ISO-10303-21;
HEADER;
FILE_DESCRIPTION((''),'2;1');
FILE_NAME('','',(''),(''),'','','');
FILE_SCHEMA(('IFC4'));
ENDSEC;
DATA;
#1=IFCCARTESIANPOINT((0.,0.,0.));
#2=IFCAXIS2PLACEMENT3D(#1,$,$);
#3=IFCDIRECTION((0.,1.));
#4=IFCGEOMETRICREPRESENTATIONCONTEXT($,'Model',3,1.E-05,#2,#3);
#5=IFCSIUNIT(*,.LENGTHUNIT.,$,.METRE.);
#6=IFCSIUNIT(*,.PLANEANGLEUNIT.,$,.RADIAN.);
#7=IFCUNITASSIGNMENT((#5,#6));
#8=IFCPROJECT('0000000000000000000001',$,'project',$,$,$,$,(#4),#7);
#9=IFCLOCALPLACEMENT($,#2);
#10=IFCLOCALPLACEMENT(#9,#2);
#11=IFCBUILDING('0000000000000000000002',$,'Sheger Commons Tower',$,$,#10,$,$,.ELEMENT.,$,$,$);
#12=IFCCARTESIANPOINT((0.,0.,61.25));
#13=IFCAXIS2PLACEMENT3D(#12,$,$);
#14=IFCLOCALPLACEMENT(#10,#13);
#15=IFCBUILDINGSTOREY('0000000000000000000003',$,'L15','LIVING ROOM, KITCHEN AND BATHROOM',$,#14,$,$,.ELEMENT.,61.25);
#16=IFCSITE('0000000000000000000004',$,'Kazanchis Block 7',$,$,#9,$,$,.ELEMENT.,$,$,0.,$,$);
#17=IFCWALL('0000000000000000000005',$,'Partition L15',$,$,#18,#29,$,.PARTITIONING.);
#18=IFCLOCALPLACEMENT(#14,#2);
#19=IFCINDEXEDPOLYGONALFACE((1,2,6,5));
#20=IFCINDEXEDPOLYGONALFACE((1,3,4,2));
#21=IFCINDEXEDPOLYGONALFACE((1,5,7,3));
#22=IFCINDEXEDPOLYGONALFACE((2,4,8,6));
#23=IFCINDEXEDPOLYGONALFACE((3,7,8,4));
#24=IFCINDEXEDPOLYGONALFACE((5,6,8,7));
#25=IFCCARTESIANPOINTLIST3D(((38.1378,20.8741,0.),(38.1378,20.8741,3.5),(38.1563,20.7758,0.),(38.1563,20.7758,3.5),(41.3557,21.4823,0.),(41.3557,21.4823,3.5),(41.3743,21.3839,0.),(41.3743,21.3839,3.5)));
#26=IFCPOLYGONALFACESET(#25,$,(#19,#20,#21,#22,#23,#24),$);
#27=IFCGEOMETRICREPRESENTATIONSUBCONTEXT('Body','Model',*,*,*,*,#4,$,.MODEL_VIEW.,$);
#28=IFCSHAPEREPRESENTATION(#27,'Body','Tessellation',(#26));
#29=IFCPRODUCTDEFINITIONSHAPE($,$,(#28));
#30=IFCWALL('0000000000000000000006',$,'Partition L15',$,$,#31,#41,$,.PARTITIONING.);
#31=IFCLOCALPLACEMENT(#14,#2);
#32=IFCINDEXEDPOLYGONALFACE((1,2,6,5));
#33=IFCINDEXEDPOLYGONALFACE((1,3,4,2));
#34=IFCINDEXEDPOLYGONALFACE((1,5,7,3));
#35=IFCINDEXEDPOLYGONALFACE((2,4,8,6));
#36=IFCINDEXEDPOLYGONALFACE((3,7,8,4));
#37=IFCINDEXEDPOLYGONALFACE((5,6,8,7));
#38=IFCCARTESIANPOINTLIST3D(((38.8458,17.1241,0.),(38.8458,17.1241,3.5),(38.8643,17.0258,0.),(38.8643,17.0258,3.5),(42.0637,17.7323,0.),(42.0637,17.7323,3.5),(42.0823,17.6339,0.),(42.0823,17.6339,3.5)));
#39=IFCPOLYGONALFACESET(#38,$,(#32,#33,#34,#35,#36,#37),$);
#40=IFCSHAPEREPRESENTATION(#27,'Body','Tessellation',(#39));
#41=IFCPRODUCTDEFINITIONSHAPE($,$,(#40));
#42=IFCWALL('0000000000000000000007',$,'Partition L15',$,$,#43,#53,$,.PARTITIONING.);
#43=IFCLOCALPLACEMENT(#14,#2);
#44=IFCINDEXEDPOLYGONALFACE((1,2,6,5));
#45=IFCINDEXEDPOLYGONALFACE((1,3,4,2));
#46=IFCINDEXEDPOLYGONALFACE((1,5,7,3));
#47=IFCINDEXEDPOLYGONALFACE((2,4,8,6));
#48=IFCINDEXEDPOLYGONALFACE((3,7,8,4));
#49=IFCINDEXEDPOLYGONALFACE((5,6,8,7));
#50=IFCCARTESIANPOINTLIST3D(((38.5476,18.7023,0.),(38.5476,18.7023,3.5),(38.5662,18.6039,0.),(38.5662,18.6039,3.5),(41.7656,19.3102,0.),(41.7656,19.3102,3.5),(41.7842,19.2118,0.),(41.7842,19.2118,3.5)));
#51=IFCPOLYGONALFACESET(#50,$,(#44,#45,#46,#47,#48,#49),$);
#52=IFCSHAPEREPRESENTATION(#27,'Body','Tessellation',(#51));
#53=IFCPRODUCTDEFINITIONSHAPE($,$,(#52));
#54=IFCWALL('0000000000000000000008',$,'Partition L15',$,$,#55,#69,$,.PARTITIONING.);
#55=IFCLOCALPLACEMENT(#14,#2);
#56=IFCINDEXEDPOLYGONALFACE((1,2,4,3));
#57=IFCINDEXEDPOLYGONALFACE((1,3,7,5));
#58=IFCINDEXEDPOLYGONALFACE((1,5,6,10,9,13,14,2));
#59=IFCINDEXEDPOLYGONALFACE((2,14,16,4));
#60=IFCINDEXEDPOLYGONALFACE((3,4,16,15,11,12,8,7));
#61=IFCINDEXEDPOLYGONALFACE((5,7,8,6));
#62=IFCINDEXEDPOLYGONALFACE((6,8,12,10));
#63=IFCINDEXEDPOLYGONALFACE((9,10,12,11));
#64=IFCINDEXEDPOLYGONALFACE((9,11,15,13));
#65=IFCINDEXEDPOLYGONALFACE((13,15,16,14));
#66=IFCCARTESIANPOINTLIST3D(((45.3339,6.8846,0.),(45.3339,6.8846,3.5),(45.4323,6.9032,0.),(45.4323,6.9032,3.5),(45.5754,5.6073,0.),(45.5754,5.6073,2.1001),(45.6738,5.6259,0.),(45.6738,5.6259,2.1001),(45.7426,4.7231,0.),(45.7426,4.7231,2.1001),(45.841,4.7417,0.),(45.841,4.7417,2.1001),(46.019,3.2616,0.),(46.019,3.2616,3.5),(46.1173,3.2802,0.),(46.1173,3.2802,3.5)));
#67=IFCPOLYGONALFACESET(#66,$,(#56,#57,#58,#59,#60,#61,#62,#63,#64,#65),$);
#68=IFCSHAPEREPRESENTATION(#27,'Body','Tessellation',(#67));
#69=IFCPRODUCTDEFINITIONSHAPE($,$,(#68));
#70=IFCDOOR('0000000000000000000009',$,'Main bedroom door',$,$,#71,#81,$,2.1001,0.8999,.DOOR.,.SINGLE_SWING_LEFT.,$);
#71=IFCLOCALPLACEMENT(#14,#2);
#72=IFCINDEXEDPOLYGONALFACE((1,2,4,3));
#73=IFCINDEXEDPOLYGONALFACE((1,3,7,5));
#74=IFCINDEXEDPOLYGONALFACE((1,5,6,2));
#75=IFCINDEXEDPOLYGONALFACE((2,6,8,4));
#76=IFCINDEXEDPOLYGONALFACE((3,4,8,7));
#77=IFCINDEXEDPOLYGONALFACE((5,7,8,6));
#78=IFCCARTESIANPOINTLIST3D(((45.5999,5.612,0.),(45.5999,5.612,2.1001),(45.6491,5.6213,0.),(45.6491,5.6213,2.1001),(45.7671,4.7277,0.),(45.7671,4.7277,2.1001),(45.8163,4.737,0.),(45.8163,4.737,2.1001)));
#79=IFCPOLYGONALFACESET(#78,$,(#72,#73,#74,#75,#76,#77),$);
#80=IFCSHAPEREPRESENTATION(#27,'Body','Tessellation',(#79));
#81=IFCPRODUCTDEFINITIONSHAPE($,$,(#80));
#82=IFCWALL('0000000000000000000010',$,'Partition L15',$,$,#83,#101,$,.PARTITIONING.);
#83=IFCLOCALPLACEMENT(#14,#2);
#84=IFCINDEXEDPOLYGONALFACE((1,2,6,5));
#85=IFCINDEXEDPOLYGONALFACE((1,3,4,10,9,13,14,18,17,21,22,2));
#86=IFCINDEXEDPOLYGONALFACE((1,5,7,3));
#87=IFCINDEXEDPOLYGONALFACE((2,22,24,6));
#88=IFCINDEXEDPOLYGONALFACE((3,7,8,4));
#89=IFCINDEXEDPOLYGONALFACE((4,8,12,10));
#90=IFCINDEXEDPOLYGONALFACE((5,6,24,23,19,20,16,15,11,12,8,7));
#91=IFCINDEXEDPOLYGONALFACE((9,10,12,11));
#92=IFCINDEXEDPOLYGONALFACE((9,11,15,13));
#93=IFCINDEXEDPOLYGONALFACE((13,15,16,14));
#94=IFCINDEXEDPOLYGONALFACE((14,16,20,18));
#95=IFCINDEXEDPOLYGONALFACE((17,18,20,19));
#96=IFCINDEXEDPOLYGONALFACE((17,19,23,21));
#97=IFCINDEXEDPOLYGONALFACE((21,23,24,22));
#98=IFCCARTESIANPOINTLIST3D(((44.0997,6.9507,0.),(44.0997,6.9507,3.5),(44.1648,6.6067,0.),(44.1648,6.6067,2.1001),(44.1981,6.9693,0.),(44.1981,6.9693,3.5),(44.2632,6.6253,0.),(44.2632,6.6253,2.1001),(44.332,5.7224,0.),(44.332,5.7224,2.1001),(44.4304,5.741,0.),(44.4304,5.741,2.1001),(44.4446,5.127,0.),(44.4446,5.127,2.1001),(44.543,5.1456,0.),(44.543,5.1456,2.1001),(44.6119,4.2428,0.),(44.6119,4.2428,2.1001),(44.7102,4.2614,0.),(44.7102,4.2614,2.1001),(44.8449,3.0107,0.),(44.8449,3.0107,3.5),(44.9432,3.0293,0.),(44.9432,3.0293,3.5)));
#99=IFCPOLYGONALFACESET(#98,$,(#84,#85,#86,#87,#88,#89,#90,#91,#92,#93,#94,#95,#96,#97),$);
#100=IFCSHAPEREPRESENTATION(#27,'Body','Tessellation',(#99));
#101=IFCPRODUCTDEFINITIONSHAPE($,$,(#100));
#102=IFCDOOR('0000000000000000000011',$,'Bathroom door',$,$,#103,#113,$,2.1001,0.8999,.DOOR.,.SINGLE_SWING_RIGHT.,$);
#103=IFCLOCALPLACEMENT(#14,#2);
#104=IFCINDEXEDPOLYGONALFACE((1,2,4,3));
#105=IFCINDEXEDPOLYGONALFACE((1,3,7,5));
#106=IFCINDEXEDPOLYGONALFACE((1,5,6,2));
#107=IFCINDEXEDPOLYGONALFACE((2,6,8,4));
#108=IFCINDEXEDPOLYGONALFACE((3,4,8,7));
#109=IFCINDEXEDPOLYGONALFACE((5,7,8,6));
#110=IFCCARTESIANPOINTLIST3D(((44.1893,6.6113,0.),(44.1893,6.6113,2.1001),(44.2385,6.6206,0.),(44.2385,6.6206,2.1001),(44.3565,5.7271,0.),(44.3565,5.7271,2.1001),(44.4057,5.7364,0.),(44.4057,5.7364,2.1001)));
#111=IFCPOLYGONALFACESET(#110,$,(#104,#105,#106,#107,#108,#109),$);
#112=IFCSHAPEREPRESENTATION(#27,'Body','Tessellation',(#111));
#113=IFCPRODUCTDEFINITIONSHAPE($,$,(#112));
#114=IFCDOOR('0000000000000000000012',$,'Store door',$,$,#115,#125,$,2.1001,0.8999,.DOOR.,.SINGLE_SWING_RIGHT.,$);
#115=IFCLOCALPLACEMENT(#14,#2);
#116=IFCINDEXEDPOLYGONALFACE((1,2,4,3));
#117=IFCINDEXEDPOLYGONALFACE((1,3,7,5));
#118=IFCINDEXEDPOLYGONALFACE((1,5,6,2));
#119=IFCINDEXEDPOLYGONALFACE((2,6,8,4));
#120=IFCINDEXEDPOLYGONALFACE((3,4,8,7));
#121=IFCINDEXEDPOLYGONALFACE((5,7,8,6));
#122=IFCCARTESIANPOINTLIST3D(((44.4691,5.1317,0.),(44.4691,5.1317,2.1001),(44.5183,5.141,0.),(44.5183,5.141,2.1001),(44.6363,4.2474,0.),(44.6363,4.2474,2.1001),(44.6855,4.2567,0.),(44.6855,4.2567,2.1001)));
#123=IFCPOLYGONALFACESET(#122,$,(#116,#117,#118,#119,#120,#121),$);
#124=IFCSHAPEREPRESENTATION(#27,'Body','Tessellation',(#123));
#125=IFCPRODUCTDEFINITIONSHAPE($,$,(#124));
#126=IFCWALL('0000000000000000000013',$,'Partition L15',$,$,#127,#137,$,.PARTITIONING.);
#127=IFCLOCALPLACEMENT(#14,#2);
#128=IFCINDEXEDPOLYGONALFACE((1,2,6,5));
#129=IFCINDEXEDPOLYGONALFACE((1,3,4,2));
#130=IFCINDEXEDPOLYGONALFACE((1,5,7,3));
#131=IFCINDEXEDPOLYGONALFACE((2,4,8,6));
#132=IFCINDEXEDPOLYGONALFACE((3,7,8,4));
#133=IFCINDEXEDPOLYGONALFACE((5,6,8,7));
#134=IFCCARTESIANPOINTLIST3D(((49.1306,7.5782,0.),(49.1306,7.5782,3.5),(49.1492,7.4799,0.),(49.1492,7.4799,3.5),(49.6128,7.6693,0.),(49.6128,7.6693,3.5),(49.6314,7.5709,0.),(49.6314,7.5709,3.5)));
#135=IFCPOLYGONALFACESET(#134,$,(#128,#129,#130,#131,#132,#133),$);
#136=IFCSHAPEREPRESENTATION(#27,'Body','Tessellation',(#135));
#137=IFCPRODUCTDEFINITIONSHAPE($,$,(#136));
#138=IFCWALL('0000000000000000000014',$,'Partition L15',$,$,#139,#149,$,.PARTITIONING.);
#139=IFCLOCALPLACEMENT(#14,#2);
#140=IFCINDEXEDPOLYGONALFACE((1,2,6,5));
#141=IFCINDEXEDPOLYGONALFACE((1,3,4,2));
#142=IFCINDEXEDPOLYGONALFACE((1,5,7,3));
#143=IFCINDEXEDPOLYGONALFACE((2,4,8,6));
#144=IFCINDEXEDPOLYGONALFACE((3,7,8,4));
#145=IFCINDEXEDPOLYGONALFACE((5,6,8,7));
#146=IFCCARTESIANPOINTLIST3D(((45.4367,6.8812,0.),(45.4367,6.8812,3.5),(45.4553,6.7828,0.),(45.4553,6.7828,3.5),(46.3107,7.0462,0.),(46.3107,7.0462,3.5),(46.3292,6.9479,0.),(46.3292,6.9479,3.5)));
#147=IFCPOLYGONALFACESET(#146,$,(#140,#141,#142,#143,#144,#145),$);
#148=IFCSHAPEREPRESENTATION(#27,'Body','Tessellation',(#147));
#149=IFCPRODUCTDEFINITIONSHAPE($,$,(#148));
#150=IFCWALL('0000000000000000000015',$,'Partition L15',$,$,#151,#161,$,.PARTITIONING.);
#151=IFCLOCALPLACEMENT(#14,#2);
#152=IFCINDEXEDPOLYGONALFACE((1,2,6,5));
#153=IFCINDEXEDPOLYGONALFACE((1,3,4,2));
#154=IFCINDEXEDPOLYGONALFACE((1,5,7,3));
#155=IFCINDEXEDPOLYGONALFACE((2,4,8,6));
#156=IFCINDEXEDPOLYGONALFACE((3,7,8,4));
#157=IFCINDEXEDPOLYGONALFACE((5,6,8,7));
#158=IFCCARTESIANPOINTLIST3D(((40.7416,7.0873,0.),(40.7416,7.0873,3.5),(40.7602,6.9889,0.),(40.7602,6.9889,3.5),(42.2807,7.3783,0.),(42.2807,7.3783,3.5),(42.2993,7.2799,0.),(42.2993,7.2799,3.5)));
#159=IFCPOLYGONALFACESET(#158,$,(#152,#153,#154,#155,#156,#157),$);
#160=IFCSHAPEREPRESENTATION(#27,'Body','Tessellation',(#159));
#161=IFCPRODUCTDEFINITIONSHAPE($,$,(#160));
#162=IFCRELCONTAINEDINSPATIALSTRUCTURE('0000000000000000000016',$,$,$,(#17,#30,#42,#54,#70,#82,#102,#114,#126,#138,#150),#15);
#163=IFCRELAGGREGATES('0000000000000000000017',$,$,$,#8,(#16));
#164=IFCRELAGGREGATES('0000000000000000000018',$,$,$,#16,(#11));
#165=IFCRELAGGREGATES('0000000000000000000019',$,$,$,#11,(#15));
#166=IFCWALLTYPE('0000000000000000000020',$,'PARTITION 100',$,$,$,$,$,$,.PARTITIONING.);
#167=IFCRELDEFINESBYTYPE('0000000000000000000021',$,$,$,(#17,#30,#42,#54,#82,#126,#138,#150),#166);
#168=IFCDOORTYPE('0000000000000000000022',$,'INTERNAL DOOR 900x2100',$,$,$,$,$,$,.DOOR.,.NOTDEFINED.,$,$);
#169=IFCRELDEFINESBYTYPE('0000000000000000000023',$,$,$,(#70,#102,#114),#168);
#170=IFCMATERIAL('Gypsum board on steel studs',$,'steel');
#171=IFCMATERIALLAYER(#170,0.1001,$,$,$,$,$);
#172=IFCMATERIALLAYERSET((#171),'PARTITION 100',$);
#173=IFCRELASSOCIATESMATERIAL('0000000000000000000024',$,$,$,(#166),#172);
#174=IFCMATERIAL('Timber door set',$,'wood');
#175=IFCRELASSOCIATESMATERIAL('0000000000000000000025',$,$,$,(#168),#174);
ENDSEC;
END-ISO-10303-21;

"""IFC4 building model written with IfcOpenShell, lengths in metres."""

from ifc_helpers import new_model, si_unit, direction, frame, frame_2d, origin, place, context, subcontext, project, spatial, rectangle, extrude, material, layer, layer_set, type_object, element, fill, save


model = new_model("IFC4")

# Units and contexts
model_context = context("Model", 3, precision=1e-05, world=origin(), true_north=direction((0.0, 1.0)))
body_context = subcontext(model_context, "Body", "Model", "MODEL_VIEW")
ifc_project = project(units=[si_unit("LENGTHUNIT", "METRE"), si_unit("PLANEANGLEUNIT", "RADIAN")], contexts=[model_context])

# Site, building, storey
site_placement = place(None, origin())
site = spatial("IfcSite", under=ifc_project, at=site_placement, Name="Kazanchis Block 7", CompositionType="ELEMENT", RefElevation=0.0)
building_placement = place(site_placement, origin())
building = spatial("IfcBuilding", under=site, at=building_placement, Name="Sheger Commons Tower", CompositionType="ELEMENT")
storey_placement = place(building_placement, frame((0.0, 0.0, 61.25)))
storey = spatial("IfcBuildingStorey", under=building, at=storey_placement, Name="L15", Description="LIVING ROOM, KITCHEN AND BATHROOM", CompositionType="ELEMENT", Elevation=61.25)

# Walls
ifc_material_1 = material(Name="Gypsum board on steel studs", Category="steel")
ifc_layer_1 = layer(ifc_material_1, 0.1001)
ifc_layer_set_1 = layer_set([ifc_layer_1], Name="PARTITION 100")
wall_type_1 = type_object("IfcWallType", Name="PARTITION 100", PredefinedType="PARTITIONING", material=ifc_layer_set_1)
for number, where, z_axis, x_axis, name in (
    (1, (41.365, 21.4331, 0.0), (0.0, 0.0, 1.0), (-0.982607, -0.185697, 0.0), "Partition L15"),
    (2, (42.073, 17.6831, 0.0), (0.0, 0.0, 1.0), (-0.982607, -0.185697, 0.0), "Partition L15"),
    (3, (41.7749, 19.261, 0.0), (0.0, 0.0, 1.0), (-0.982621, -0.185625, 0.0), "Partition L15"),
):
    element("IfcWall", number, at=place(storey_placement, frame(where, z_axis=z_axis, x_axis=x_axis)), inside=storey, type_object=wall_type_1, Name=name, PredefinedType="PARTITIONING", context=body_context, shape_type="SweptSolid", body=[
        extrude(rectangle(XDim=3.2749, YDim=0.1001, at=frame_2d((1.6375, 0.0))), origin(), (0.0, 0.0, 1.0), 3.5),
    ])

# Wall, opening, door
wall_1_placement = place(storey_placement, frame((45.3831, 6.894, 0.0), z_axis=(0.0, 0.0, 1.0), x_axis=(0.185791, -0.982589, 0.0)))
wall_1 = element("IfcWall", 4, at=wall_1_placement, inside=storey, type_object=wall_type_1, Name="Partition L15", PredefinedType="PARTITIONING", context=body_context, shape_type="SweptSolid", body=[
    extrude(rectangle(XDim=3.6873, YDim=0.1001, at=frame_2d((1.8438, 0.0))), origin(), (0.0, 0.0, 1.0), 3.5),
])
opening_1_placement = place(wall_1_placement, frame((1.3, 0.0, 0.0)))
opening_1 = element("IfcOpeningElement", 5, at=opening_1_placement, cuts=wall_1, PredefinedType="OPENING", context=body_context, shape_type="SweptSolid", body=[
    extrude(rectangle(XDim=0.8999, YDim=2.1001, at=frame_2d((0.45, 1.05))), frame((0.0, 0.0601, 0.0), z_axis=(0.0, -1.0, 0.0), x_axis=(1.0, 0.0, 0.0)), (0.0, 0.0, 1.0), 0.1201),
])
ifc_material_2 = material(Name="Timber door set", Category="wood")
door_type_1 = type_object("IfcDoorType", Name="INTERNAL DOOR 900x2100", OperationType="NOTDEFINED", PredefinedType="DOOR", material=ifc_material_2)
door_1_placement = place(opening_1_placement, origin())
door_1 = element("IfcDoor", 6, at=door_1_placement, inside=storey, type_object=door_type_1, Name="Main bedroom door", OperationType="SINGLE_SWING_LEFT", OverallHeight=2.1001, OverallWidth=0.8999, PredefinedType="DOOR", context=body_context, shape_type="SweptSolid", body=[
    extrude(rectangle(XDim=0.8999, YDim=2.1001, at=frame_2d((0.45, 1.05))), frame((0.0, 0.0249, 0.0), z_axis=(0.0, -1.0, 0.0), x_axis=(1.0, 0.0, 0.0)), (0.0, 0.0, 1.0), 0.05),
])
fill(opening_1, door_1)

# Wall, openings, doors
wall_2_placement = place(storey_placement, frame((44.1489, 6.96, 0.0), z_axis=(0.0, 0.0, 1.0), x_axis=(0.185825, -0.982583, 0.0)))
wall_2 = element("IfcWall", 7, at=wall_2_placement, inside=storey, type_object=wall_type_1, Name="Partition L15", PredefinedType="PARTITIONING", context=body_context, shape_type="SweptSolid", body=[
    extrude(rectangle(XDim=4.0098, YDim=0.1001, at=frame_2d((2.0049, 0.0))), origin(), (0.0, 0.0, 1.0), 3.5),
])
opening_2_placement = place(wall_2_placement, frame((0.3501, 0.0, 0.0)))
opening_2 = element("IfcOpeningElement", 8, at=opening_2_placement, cuts=wall_2, PredefinedType="OPENING", context=body_context, shape_type="SweptSolid", body=[
    extrude(rectangle(XDim=0.8999, YDim=2.1001, at=frame_2d((0.45, 1.05))), frame((0.0, 0.0601, 0.0), z_axis=(0.0, -1.0, 0.0), x_axis=(1.0, 0.0, 0.0)), (0.0, 0.0, 1.0), 0.1201),
])
opening_3_placement = place(wall_2_placement, frame((1.856, 0.0, 0.0)))
opening_3 = element("IfcOpeningElement", 9, at=opening_3_placement, cuts=wall_2, PredefinedType="OPENING", context=body_context, shape_type="SweptSolid", body=[
    extrude(rectangle(XDim=0.8999, YDim=2.1001, at=frame_2d((0.45, 1.05))), frame((0.0, 0.0601, 0.0), z_axis=(0.0, -1.0, 0.0), x_axis=(1.0, 0.0, 0.0)), (0.0, 0.0, 1.0), 0.1201),
])
door_2_placement = place(opening_2_placement, origin())
door_2 = element("IfcDoor", 10, at=door_2_placement, inside=storey, type_object=door_type_1, Name="Bathroom door", OperationType="SINGLE_SWING_RIGHT", OverallHeight=2.1001, OverallWidth=0.8999, PredefinedType="DOOR", context=body_context, shape_type="SweptSolid", body=[
    extrude(rectangle(XDim=0.8999, YDim=2.1001, at=frame_2d((0.45, 1.05))), frame((0.0, 0.0249, 0.0), z_axis=(0.0, -1.0, 0.0), x_axis=(1.0, 0.0, 0.0)), (0.0, 0.0, 1.0), 0.05),
])
fill(opening_2, door_2)
door_3_placement = place(opening_3_placement, origin())
door_3 = element("IfcDoor", 11, at=door_3_placement, inside=storey, type_object=door_type_1, Name="Store door", OperationType="SINGLE_SWING_RIGHT", OverallHeight=2.1001, OverallWidth=0.8999, PredefinedType="DOOR", context=body_context, shape_type="SweptSolid", body=[
    extrude(rectangle(XDim=0.8999, YDim=2.1001, at=frame_2d((0.45, 1.05))), frame((0.0, 0.0249, 0.0), z_axis=(0.0, -1.0, 0.0), x_axis=(1.0, 0.0, 0.0)), (0.0, 0.0, 1.0), 0.05),
])
fill(opening_3, door_3)

# Walls
wall_3_placement = place(storey_placement, frame((49.6221, 7.6201, 0.0), z_axis=(0.0, 0.0, 1.0), x_axis=(-0.982629, -0.18558, 0.0)))
element("IfcWall", 12, at=wall_3_placement, inside=storey, type_object=wall_type_1, Name="Partition L15", PredefinedType="PARTITIONING", context=body_context, shape_type="SweptSolid", body=[
    extrude(rectangle(XDim=0.4907, YDim=0.1001, at=frame_2d((0.2454, 0.0))), origin(), (0.0, 0.0, 1.0), 3.5),
])
wall_4_placement = place(storey_placement, frame((46.3201, 6.9971, 0.0), z_axis=(0.0, 0.0, 1.0), x_axis=(-0.982635, -0.185548, 0.0)))
element("IfcWall", 13, at=wall_4_placement, inside=storey, type_object=wall_type_1, Name="Partition L15", PredefinedType="PARTITIONING", context=body_context, shape_type="SweptSolid", body=[
    extrude(rectangle(XDim=0.8894, YDim=0.1001, at=frame_2d((0.4448, 0.0))), origin(), (0.0, 0.0, 1.0), 3.5),
])
wall_5_placement = place(storey_placement, frame((42.29, 7.3291, 0.0), z_axis=(0.0, 0.0, 1.0), x_axis=(-0.982589, -0.185794, 0.0)))
element("IfcWall", 14, at=wall_5_placement, inside=storey, type_object=wall_type_1, Name="Partition L15", PredefinedType="PARTITIONING", context=body_context, shape_type="SweptSolid", body=[
    extrude(rectangle(XDim=1.5664, YDim=0.1001, at=frame_2d((0.7832, 0.0))), origin(), (0.0, 0.0, 1.0), 3.5),
])

save(model, "model.ifc")
